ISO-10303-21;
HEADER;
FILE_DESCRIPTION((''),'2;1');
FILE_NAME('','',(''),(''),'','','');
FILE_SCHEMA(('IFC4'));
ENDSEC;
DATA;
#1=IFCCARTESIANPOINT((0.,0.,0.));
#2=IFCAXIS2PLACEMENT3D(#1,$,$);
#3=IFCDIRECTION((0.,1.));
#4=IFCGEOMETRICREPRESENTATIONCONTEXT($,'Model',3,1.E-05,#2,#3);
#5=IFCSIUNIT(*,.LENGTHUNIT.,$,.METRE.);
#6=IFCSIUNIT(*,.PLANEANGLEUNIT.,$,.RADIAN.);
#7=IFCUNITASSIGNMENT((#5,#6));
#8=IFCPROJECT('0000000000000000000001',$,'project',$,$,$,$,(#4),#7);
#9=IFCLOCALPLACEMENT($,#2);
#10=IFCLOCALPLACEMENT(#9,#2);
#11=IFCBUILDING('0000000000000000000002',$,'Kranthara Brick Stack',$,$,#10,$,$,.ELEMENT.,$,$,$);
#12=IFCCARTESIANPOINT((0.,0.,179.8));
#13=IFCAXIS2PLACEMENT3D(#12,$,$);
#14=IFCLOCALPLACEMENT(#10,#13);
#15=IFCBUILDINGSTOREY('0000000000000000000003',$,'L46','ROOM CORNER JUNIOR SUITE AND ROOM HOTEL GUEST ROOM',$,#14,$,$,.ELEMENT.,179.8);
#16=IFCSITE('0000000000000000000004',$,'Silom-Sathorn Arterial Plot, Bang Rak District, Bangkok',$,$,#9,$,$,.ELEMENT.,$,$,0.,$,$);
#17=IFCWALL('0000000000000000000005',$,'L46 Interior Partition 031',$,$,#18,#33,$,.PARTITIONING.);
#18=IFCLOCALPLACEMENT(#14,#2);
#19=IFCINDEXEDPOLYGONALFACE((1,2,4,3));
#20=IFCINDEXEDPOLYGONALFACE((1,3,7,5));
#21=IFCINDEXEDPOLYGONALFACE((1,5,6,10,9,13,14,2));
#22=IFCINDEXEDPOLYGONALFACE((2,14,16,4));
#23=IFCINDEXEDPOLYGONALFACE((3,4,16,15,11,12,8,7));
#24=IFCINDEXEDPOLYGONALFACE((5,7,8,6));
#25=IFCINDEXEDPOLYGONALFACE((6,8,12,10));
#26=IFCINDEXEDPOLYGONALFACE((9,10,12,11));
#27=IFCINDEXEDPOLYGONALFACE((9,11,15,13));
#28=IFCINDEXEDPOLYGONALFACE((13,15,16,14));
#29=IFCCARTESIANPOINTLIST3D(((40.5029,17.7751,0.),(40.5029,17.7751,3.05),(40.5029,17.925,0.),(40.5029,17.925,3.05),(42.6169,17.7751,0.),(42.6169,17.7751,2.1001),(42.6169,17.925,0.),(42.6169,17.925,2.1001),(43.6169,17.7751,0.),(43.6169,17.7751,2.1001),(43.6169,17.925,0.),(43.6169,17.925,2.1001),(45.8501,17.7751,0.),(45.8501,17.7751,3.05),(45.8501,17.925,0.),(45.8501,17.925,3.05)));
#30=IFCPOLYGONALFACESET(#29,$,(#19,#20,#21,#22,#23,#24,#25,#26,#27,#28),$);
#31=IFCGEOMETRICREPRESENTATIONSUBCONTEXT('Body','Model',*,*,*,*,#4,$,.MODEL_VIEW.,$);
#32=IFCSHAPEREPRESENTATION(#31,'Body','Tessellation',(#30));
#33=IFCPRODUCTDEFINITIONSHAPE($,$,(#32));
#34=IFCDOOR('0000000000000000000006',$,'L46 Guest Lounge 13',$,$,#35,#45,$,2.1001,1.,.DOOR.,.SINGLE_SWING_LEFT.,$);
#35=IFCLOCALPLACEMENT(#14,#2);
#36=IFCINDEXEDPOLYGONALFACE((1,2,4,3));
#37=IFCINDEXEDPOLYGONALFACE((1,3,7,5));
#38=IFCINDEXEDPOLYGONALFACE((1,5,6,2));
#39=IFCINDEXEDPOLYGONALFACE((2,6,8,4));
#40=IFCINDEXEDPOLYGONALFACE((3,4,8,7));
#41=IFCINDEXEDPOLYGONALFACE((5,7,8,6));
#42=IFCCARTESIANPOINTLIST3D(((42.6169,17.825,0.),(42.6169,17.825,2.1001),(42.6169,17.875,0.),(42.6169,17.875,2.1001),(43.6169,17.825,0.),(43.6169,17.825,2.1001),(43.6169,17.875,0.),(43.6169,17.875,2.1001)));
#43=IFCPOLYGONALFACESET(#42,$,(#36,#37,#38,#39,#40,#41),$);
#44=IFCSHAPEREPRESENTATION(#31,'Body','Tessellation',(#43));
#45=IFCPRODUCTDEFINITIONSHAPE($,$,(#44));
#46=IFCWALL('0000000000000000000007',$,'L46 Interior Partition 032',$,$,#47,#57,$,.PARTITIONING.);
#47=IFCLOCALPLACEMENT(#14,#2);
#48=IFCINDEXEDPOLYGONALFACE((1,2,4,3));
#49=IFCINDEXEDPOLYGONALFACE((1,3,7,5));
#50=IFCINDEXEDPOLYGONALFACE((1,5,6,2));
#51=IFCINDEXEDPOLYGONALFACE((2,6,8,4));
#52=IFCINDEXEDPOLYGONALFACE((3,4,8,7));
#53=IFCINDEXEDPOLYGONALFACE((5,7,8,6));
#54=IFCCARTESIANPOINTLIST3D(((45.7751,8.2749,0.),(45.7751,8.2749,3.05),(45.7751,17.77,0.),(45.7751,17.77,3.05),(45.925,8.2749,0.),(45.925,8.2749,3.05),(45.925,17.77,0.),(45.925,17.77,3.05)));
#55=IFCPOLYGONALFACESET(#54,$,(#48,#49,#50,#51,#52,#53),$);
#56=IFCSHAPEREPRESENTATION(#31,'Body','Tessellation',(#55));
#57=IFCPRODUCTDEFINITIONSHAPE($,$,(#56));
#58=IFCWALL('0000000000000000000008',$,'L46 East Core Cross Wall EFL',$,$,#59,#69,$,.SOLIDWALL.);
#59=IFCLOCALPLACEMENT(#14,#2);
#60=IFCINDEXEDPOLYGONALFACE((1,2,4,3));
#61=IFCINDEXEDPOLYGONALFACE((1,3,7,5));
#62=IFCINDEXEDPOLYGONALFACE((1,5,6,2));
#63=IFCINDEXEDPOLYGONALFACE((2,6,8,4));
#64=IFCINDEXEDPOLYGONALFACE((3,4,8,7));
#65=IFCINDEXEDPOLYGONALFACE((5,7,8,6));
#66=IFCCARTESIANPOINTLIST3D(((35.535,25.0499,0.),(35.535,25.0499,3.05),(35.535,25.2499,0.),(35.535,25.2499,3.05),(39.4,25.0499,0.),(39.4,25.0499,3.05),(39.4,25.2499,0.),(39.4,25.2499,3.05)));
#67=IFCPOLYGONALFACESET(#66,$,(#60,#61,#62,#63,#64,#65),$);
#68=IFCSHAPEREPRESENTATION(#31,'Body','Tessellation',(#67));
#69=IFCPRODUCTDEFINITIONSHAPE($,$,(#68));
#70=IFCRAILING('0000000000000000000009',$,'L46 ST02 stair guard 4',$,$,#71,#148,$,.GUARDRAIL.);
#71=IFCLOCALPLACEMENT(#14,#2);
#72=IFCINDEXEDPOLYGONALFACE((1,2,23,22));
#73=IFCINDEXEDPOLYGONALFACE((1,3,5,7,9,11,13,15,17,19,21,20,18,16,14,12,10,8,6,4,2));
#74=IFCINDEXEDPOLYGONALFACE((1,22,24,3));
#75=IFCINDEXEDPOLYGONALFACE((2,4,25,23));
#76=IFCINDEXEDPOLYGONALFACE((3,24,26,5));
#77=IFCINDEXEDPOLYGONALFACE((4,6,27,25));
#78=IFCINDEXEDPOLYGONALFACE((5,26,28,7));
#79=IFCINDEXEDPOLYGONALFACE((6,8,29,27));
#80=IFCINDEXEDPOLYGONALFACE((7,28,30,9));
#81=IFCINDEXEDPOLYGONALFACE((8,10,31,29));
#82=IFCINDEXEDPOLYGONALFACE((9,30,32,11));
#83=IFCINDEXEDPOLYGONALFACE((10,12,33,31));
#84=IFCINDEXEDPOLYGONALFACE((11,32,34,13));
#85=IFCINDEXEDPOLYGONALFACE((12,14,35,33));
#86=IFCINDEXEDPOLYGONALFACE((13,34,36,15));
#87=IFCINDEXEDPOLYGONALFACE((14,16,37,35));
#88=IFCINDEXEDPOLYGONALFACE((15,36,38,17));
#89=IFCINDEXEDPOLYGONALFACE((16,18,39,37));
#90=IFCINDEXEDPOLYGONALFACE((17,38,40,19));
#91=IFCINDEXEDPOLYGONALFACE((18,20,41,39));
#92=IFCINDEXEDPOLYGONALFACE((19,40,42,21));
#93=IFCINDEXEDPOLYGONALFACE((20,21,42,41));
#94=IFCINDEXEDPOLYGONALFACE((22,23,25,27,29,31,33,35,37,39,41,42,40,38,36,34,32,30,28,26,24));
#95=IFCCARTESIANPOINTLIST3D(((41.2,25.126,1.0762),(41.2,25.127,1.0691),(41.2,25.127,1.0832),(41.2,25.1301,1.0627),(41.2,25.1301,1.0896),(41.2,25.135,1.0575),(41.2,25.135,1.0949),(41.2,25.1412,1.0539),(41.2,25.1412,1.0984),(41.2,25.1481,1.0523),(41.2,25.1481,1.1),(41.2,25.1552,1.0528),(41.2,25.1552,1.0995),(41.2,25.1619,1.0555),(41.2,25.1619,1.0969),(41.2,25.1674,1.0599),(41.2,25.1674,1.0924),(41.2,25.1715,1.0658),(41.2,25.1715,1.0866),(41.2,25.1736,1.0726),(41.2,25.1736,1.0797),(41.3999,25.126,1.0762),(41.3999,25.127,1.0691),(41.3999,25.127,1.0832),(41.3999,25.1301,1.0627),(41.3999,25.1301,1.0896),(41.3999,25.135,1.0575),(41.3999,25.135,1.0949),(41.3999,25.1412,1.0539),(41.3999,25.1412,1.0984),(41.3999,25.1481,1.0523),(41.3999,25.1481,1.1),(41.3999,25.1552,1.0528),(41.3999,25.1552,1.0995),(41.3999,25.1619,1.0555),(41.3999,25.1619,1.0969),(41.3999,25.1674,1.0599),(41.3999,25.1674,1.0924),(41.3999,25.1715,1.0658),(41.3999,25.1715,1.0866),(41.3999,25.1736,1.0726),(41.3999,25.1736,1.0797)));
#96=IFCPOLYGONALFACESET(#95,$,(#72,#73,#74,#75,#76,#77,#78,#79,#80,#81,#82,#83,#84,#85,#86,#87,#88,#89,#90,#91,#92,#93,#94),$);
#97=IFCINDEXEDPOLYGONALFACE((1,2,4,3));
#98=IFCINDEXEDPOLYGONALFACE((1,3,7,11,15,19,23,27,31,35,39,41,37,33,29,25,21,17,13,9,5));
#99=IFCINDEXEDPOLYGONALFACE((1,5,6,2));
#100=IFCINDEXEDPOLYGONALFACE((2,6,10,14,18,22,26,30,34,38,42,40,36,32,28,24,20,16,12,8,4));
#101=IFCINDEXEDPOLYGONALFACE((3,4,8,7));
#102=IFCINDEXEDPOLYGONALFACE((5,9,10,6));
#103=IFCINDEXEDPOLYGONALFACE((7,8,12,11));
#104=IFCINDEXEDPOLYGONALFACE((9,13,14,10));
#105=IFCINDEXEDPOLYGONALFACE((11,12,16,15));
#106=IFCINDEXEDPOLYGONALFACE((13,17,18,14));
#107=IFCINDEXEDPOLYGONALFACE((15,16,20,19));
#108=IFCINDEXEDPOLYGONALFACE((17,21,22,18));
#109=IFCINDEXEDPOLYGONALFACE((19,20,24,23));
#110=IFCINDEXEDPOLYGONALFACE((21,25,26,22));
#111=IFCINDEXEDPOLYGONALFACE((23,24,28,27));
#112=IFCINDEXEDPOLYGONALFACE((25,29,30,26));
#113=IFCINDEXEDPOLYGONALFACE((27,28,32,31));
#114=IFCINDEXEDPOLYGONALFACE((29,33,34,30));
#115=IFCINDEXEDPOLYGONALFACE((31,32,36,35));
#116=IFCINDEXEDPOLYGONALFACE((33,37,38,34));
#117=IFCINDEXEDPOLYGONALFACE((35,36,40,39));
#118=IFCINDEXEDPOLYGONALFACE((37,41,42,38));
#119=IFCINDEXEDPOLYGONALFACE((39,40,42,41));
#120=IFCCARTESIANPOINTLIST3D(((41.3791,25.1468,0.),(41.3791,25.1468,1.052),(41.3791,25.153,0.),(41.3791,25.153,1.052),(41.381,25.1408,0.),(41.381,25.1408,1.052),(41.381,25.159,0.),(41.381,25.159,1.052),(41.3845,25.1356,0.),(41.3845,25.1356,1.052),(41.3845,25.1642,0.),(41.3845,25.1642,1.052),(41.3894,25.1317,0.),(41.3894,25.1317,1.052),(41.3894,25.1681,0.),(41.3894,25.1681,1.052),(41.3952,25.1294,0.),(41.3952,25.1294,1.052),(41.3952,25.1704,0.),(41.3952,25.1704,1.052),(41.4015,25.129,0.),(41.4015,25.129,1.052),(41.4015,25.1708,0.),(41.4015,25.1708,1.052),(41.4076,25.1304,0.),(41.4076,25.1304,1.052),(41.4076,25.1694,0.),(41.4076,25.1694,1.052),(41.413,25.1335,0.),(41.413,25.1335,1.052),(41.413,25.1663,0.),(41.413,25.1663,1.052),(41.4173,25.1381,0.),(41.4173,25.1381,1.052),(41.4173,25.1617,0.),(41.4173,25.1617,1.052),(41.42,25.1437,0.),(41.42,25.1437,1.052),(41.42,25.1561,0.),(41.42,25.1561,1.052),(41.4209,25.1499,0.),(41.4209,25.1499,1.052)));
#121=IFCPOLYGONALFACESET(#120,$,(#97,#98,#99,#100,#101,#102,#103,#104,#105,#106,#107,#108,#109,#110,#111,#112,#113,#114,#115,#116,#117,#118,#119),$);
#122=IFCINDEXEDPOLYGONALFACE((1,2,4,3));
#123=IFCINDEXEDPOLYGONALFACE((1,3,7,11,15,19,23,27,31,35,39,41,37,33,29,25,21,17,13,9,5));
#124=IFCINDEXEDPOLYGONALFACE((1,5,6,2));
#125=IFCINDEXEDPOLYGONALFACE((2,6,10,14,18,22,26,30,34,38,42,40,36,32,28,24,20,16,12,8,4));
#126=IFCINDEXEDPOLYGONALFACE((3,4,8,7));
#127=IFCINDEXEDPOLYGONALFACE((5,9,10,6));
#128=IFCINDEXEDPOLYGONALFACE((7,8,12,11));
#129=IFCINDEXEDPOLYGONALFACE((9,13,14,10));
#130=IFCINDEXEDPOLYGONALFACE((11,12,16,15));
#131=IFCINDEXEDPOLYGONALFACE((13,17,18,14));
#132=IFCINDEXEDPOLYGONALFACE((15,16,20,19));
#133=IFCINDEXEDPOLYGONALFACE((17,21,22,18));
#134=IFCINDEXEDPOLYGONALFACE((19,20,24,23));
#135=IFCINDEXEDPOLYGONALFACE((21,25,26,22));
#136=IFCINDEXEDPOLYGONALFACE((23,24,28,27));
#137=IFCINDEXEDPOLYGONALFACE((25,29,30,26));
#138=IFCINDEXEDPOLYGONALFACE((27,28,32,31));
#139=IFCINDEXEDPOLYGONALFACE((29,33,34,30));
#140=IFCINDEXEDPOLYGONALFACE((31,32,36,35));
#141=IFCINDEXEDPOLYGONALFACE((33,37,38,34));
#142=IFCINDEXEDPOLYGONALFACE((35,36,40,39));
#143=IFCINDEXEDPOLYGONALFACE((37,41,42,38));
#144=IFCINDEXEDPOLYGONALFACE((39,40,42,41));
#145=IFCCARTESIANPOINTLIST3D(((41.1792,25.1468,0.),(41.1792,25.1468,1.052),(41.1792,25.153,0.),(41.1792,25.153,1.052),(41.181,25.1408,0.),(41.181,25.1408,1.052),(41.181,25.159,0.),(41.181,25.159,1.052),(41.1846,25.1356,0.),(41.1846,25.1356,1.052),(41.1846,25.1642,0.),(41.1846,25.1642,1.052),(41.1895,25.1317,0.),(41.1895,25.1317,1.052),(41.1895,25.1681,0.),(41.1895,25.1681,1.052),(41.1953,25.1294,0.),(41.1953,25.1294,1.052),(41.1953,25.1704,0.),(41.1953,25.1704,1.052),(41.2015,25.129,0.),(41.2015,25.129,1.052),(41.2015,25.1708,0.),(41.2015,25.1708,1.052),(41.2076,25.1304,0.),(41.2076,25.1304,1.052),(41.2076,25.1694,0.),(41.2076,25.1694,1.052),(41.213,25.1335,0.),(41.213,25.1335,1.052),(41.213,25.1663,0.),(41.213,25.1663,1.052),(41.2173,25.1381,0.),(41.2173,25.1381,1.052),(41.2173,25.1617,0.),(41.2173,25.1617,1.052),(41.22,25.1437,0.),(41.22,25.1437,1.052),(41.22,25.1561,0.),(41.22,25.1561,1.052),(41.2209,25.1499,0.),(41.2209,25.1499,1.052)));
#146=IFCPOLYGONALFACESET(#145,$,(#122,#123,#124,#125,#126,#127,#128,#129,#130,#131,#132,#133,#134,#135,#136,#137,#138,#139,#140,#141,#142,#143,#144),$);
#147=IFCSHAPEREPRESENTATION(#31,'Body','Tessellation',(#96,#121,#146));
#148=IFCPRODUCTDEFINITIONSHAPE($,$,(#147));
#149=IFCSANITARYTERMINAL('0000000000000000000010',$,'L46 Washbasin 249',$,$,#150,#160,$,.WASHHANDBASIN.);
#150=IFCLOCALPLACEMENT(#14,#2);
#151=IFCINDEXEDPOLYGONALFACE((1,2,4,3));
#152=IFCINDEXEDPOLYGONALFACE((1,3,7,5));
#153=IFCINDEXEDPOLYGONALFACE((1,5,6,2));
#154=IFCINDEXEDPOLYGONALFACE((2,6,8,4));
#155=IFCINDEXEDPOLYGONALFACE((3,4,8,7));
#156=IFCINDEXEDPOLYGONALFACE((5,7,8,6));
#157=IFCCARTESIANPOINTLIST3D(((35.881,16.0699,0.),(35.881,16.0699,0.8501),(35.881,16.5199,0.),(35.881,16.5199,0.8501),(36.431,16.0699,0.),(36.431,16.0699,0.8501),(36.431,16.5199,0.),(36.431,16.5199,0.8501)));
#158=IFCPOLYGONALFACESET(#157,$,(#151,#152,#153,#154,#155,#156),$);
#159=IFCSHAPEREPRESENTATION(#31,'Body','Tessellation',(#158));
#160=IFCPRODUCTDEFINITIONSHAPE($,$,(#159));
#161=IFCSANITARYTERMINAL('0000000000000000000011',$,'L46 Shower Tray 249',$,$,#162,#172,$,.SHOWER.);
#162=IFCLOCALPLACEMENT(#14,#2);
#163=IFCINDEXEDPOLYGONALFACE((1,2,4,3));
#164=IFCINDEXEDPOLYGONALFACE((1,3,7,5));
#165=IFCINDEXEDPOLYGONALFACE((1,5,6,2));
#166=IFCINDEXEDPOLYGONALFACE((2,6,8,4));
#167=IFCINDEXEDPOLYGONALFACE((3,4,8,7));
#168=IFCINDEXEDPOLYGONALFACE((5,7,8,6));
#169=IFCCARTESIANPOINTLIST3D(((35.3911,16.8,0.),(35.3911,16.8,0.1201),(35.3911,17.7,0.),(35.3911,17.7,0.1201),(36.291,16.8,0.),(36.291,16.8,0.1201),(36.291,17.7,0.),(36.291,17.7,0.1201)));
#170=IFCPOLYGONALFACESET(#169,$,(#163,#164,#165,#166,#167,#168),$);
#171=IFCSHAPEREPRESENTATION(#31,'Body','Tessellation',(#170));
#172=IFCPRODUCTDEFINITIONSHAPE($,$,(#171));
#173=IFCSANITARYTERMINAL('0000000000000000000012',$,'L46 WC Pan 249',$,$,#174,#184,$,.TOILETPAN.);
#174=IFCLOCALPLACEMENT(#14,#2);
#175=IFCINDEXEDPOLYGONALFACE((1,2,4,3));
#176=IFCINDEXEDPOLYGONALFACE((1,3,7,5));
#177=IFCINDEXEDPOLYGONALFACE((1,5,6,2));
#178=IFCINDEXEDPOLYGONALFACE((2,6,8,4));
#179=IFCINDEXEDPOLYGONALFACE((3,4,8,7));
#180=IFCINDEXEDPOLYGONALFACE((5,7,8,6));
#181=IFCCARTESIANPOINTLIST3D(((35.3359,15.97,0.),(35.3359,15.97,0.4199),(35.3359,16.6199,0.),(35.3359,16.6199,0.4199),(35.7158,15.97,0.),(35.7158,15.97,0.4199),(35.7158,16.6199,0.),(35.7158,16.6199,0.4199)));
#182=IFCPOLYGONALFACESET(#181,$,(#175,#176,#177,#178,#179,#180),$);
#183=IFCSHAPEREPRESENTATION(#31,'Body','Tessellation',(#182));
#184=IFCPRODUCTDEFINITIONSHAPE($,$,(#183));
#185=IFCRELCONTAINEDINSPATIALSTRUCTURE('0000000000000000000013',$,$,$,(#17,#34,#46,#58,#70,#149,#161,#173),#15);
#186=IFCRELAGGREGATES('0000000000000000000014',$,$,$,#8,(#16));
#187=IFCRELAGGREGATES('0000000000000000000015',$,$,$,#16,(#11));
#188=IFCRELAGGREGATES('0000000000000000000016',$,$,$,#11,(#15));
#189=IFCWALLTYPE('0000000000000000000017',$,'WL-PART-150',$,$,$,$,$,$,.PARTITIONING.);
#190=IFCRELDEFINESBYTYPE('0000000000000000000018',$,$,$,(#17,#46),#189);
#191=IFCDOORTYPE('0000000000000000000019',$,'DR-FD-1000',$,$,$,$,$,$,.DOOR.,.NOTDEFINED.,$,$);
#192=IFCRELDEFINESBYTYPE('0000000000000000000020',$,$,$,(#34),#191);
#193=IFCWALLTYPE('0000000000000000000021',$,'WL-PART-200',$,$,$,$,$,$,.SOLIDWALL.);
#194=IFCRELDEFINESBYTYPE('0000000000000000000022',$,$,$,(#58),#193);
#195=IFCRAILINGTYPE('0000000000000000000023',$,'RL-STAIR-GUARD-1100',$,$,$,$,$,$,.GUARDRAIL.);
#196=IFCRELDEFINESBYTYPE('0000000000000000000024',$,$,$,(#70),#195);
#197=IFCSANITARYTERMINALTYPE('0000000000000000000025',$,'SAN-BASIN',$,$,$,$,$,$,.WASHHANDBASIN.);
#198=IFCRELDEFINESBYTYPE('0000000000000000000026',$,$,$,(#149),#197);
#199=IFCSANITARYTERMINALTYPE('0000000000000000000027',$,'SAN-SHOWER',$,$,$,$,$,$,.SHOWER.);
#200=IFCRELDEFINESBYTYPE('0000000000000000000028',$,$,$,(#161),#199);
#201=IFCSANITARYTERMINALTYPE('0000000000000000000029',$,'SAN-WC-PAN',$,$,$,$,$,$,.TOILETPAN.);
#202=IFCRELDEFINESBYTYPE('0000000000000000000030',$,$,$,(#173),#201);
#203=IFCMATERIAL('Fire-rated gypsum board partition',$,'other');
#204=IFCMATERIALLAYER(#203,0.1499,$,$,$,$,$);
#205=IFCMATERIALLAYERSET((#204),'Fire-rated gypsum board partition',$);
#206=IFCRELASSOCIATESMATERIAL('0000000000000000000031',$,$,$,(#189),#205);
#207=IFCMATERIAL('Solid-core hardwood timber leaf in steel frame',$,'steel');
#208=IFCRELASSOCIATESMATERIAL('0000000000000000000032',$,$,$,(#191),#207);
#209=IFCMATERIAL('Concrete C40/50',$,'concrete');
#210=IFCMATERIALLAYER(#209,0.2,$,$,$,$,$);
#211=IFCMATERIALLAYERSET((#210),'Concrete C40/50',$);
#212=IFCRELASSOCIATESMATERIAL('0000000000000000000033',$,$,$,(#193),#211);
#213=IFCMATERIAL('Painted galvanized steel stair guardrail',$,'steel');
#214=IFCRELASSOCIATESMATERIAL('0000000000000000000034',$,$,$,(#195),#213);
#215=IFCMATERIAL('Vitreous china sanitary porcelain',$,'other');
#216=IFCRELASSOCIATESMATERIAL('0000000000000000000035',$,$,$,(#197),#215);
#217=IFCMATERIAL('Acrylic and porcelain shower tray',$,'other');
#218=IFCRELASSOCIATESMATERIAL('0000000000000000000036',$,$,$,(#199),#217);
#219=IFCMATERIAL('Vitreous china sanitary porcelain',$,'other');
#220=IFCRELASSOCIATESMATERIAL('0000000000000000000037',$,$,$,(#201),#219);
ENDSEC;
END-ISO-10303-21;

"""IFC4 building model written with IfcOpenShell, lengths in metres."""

from ifc_helpers import new_model, si_unit, direction, frame, frame_2d, origin, origin_2d, place, context, subcontext, project, spatial, rectangle, circle, extrude, material, layer, layer_set, type_object, element, fill, save


model = new_model("IFC4")

# Units and contexts
model_context = context("Model", 3, precision=1e-05, world=origin(), true_north=direction((0.0, 1.0)))
body_context = subcontext(model_context, "Body", "Model", "MODEL_VIEW")
ifc_project = project(units=[si_unit("LENGTHUNIT", "METRE"), si_unit("PLANEANGLEUNIT", "RADIAN")], contexts=[model_context])

# Site, building, storey
site_placement = place(None, origin())
site = spatial("IfcSite", under=ifc_project, at=site_placement, Name="Silom-Sathorn Arterial Plot, Bang Rak District, Bangkok", CompositionType="ELEMENT", RefElevation=0.0)
building_placement = place(site_placement, origin())
building = spatial("IfcBuilding", under=site, at=building_placement, Name="Kranthara Brick Stack", CompositionType="ELEMENT")
storey_placement = place(building_placement, frame((0.0, 0.0, 179.8)))
storey = spatial("IfcBuildingStorey", under=building, at=storey_placement, Name="L46", Description="ROOM CORNER JUNIOR SUITE AND ROOM HOTEL GUEST ROOM", CompositionType="ELEMENT", Elevation=179.8)

# Shared definitions
ifc_material_1 = material(Name="Fire-rated gypsum board partition", Category="other")
ifc_layer_1 = layer(ifc_material_1, 0.1499)
ifc_layer_set_1 = layer_set([ifc_layer_1], Name="Fire-rated gypsum board partition")
wall_type_1 = type_object("IfcWallType", Name="WL-PART-150", PredefinedType="PARTITIONING", material=ifc_layer_set_1)

# Wall, opening, door
wall_1_placement = place(storey_placement, frame((40.5029, 17.8501, 0.0), z_axis=(0.0, 0.0, 1.0), x_axis=(1.0, 0.0, 0.0)))
wall_1 = element("IfcWall", 1, at=wall_1_placement, inside=storey, type_object=wall_type_1, Name="L46 Interior Partition 031", PredefinedType="PARTITIONING", context=body_context, shape_type="SweptSolid", body=[
    extrude(rectangle(XDim=5.3472, YDim=0.1499, at=frame_2d((2.6736, 0.0))), origin(), (0.0, 0.0, 1.0), 3.05),
])
opening_1_placement = place(wall_1_placement, frame((2.114, 0.0, 0.0)))
opening_1 = element("IfcOpeningElement", 2, at=opening_1_placement, cuts=wall_1, PredefinedType="OPENING", context=body_context, shape_type="SweptSolid", body=[
    extrude(rectangle(XDim=1.0, YDim=2.1001, at=frame_2d((0.5, 1.05))), frame((0.0, 0.085, 0.0), z_axis=(0.0, -1.0, 0.0), x_axis=(1.0, 0.0, 0.0)), (0.0, 0.0, 1.0), 0.1699),
])
ifc_material_2 = material(Name="Solid-core hardwood timber leaf in steel frame", Category="steel")
door_type_1 = type_object("IfcDoorType", Name="DR-FD-1000", OperationType="NOTDEFINED", PredefinedType="DOOR", material=ifc_material_2)
door_1_placement = place(opening_1_placement, origin())
door_1 = element("IfcDoor", 3, at=door_1_placement, inside=storey, type_object=door_type_1, Name="L46 Guest Lounge 13", OperationType="SINGLE_SWING_LEFT", OverallHeight=2.1001, OverallWidth=1.0, PredefinedType="DOOR", context=body_context, shape_type="SweptSolid", body=[
    extrude(rectangle(XDim=1.0, YDim=2.1001, at=frame_2d((0.5, 1.05))), frame((0.0, 0.0249, 0.0), z_axis=(0.0, -1.0, 0.0), x_axis=(1.0, 0.0, 0.0)), (0.0, 0.0, 1.0), 0.05),
])
fill(opening_1, door_1)

# Walls
wall_2_placement = place(storey_placement, frame((45.8501, 8.2749, 0.0), z_axis=(0.0, 0.0, 1.0), x_axis=(0.0, 1.0, 0.0)))
element("IfcWall", 4, at=wall_2_placement, inside=storey, type_object=wall_type_1, Name="L46 Interior Partition 032", PredefinedType="PARTITIONING", context=body_context, shape_type="SweptSolid", body=[
    extrude(rectangle(XDim=9.4951, YDim=0.1499, at=frame_2d((4.7476, 0.0))), origin(), (0.0, 0.0, 1.0), 3.05),
])
ifc_material_3 = material(Name="Concrete C40/50", Category="concrete")
ifc_layer_2 = layer(ifc_material_3, 0.2)
ifc_layer_set_2 = layer_set([ifc_layer_2], Name="Concrete C40/50")
wall_type_2 = type_object("IfcWallType", Name="WL-PART-200", PredefinedType="SOLIDWALL", material=ifc_layer_set_2)
wall_3_placement = place(storey_placement, frame((35.5349, 25.1499, 0.0), z_axis=(0.0, 0.0, 1.0), x_axis=(1.0, 0.0, 0.0)))
element("IfcWall", 5, at=wall_3_placement, inside=storey, type_object=wall_type_2, Name="L46 East Core Cross Wall EFL", PredefinedType="SOLIDWALL", context=body_context, shape_type="SweptSolid", body=[
    extrude(rectangle(XDim=3.865, YDim=0.2, at=frame_2d((1.9326, 0.0))), origin(), (0.0, 0.0, 1.0), 3.05),
])

# Railing
ifc_material_4 = material(Name="Painted galvanized steel stair guardrail", Category="steel")
railing_type = type_object("IfcRailingType", Name="RL-STAIR-GUARD-1100", PredefinedType="GUARDRAIL", material=ifc_material_4)
railing_placement = place(storey_placement, frame((41.3999, 25.1499, 0.0)))
element("IfcRailing", 6, at=railing_placement, inside=storey, type_object=railing_type, Name="L46 ST02 stair guard 4", PredefinedType="GUARDRAIL", context=body_context, shape_type="SweptSolid", body=[
    extrude(circle(Radius=0.0239, at=origin_2d()), frame((0.0, 0.0, 1.0762), z_axis=(-1.0, 0.0, 0.0), x_axis=(0.0, -1.0, 0.0)), (0.0, 0.0, 1.0), 0.2),
    extrude(circle(Radius=0.021, at=origin_2d()), origin(), (0.0, 0.0, 1.0), 1.052),
    extrude(circle(Radius=0.021, at=origin_2d()), frame((-0.2, 0.0, 0.0)), (0.0, 0.0, 1.0), 1.052),
])

# Sanitary terminals
ifc_material_5 = material(Name="Vitreous china sanitary porcelain", Category="other")
sanitary_terminal_type_1 = type_object("IfcSanitaryTerminalType", Name="SAN-BASIN", PredefinedType="WASHHANDBASIN", material=ifc_material_5)
sanitary_terminal_1_placement = place(storey_placement, frame((36.156, 16.2949, 0.0), z_axis=(0.0, 0.0, 1.0), x_axis=(1.0, 0.0, 0.0)))
element("IfcSanitaryTerminal", 7, at=sanitary_terminal_1_placement, inside=storey, type_object=sanitary_terminal_type_1, Name="L46 Washbasin 249", PredefinedType="WASHHANDBASIN", context=body_context, shape_type="SweptSolid", body=[
    extrude(rectangle(XDim=0.55, YDim=0.45, at=origin_2d()), origin(), (0.0, 0.0, 1.0), 0.8501),
])
ifc_material_6 = material(Name="Acrylic and porcelain shower tray", Category="other")
sanitary_terminal_type_2 = type_object("IfcSanitaryTerminalType", Name="SAN-SHOWER", PredefinedType="SHOWER", material=ifc_material_6)
sanitary_terminal_2_placement = place(storey_placement, frame((35.8411, 17.25, 0.0), z_axis=(0.0, 0.0, 1.0), x_axis=(1.0, 0.0, 0.0)))
element("IfcSanitaryTerminal", 8, at=sanitary_terminal_2_placement, inside=storey, type_object=sanitary_terminal_type_2, Name="L46 Shower Tray 249", PredefinedType="SHOWER", context=body_context, shape_type="SweptSolid", body=[
    extrude(rectangle(XDim=0.8999, YDim=0.8999, at=origin_2d()), origin(), (0.0, 0.0, 1.0), 0.1201),
])
ifc_material_7 = material(Name="Vitreous china sanitary porcelain", Category="other")
sanitary_terminal_type_3 = type_object("IfcSanitaryTerminalType", Name="SAN-WC-PAN", PredefinedType="TOILETPAN", material=ifc_material_7)
sanitary_terminal_3_placement = place(storey_placement, frame((35.5259, 16.2949, 0.0), z_axis=(0.0, 0.0, 1.0), x_axis=(1.0, 0.0, 0.0)))
element("IfcSanitaryTerminal", 9, at=sanitary_terminal_3_placement, inside=storey, type_object=sanitary_terminal_type_3, Name="L46 WC Pan 249", PredefinedType="TOILETPAN", context=body_context, shape_type="SweptSolid", body=[
    extrude(rectangle(XDim=0.3799, YDim=0.6499, at=origin_2d()), origin(), (0.0, 0.0, 1.0), 0.4199),
])

save(model, "model.ifc")
